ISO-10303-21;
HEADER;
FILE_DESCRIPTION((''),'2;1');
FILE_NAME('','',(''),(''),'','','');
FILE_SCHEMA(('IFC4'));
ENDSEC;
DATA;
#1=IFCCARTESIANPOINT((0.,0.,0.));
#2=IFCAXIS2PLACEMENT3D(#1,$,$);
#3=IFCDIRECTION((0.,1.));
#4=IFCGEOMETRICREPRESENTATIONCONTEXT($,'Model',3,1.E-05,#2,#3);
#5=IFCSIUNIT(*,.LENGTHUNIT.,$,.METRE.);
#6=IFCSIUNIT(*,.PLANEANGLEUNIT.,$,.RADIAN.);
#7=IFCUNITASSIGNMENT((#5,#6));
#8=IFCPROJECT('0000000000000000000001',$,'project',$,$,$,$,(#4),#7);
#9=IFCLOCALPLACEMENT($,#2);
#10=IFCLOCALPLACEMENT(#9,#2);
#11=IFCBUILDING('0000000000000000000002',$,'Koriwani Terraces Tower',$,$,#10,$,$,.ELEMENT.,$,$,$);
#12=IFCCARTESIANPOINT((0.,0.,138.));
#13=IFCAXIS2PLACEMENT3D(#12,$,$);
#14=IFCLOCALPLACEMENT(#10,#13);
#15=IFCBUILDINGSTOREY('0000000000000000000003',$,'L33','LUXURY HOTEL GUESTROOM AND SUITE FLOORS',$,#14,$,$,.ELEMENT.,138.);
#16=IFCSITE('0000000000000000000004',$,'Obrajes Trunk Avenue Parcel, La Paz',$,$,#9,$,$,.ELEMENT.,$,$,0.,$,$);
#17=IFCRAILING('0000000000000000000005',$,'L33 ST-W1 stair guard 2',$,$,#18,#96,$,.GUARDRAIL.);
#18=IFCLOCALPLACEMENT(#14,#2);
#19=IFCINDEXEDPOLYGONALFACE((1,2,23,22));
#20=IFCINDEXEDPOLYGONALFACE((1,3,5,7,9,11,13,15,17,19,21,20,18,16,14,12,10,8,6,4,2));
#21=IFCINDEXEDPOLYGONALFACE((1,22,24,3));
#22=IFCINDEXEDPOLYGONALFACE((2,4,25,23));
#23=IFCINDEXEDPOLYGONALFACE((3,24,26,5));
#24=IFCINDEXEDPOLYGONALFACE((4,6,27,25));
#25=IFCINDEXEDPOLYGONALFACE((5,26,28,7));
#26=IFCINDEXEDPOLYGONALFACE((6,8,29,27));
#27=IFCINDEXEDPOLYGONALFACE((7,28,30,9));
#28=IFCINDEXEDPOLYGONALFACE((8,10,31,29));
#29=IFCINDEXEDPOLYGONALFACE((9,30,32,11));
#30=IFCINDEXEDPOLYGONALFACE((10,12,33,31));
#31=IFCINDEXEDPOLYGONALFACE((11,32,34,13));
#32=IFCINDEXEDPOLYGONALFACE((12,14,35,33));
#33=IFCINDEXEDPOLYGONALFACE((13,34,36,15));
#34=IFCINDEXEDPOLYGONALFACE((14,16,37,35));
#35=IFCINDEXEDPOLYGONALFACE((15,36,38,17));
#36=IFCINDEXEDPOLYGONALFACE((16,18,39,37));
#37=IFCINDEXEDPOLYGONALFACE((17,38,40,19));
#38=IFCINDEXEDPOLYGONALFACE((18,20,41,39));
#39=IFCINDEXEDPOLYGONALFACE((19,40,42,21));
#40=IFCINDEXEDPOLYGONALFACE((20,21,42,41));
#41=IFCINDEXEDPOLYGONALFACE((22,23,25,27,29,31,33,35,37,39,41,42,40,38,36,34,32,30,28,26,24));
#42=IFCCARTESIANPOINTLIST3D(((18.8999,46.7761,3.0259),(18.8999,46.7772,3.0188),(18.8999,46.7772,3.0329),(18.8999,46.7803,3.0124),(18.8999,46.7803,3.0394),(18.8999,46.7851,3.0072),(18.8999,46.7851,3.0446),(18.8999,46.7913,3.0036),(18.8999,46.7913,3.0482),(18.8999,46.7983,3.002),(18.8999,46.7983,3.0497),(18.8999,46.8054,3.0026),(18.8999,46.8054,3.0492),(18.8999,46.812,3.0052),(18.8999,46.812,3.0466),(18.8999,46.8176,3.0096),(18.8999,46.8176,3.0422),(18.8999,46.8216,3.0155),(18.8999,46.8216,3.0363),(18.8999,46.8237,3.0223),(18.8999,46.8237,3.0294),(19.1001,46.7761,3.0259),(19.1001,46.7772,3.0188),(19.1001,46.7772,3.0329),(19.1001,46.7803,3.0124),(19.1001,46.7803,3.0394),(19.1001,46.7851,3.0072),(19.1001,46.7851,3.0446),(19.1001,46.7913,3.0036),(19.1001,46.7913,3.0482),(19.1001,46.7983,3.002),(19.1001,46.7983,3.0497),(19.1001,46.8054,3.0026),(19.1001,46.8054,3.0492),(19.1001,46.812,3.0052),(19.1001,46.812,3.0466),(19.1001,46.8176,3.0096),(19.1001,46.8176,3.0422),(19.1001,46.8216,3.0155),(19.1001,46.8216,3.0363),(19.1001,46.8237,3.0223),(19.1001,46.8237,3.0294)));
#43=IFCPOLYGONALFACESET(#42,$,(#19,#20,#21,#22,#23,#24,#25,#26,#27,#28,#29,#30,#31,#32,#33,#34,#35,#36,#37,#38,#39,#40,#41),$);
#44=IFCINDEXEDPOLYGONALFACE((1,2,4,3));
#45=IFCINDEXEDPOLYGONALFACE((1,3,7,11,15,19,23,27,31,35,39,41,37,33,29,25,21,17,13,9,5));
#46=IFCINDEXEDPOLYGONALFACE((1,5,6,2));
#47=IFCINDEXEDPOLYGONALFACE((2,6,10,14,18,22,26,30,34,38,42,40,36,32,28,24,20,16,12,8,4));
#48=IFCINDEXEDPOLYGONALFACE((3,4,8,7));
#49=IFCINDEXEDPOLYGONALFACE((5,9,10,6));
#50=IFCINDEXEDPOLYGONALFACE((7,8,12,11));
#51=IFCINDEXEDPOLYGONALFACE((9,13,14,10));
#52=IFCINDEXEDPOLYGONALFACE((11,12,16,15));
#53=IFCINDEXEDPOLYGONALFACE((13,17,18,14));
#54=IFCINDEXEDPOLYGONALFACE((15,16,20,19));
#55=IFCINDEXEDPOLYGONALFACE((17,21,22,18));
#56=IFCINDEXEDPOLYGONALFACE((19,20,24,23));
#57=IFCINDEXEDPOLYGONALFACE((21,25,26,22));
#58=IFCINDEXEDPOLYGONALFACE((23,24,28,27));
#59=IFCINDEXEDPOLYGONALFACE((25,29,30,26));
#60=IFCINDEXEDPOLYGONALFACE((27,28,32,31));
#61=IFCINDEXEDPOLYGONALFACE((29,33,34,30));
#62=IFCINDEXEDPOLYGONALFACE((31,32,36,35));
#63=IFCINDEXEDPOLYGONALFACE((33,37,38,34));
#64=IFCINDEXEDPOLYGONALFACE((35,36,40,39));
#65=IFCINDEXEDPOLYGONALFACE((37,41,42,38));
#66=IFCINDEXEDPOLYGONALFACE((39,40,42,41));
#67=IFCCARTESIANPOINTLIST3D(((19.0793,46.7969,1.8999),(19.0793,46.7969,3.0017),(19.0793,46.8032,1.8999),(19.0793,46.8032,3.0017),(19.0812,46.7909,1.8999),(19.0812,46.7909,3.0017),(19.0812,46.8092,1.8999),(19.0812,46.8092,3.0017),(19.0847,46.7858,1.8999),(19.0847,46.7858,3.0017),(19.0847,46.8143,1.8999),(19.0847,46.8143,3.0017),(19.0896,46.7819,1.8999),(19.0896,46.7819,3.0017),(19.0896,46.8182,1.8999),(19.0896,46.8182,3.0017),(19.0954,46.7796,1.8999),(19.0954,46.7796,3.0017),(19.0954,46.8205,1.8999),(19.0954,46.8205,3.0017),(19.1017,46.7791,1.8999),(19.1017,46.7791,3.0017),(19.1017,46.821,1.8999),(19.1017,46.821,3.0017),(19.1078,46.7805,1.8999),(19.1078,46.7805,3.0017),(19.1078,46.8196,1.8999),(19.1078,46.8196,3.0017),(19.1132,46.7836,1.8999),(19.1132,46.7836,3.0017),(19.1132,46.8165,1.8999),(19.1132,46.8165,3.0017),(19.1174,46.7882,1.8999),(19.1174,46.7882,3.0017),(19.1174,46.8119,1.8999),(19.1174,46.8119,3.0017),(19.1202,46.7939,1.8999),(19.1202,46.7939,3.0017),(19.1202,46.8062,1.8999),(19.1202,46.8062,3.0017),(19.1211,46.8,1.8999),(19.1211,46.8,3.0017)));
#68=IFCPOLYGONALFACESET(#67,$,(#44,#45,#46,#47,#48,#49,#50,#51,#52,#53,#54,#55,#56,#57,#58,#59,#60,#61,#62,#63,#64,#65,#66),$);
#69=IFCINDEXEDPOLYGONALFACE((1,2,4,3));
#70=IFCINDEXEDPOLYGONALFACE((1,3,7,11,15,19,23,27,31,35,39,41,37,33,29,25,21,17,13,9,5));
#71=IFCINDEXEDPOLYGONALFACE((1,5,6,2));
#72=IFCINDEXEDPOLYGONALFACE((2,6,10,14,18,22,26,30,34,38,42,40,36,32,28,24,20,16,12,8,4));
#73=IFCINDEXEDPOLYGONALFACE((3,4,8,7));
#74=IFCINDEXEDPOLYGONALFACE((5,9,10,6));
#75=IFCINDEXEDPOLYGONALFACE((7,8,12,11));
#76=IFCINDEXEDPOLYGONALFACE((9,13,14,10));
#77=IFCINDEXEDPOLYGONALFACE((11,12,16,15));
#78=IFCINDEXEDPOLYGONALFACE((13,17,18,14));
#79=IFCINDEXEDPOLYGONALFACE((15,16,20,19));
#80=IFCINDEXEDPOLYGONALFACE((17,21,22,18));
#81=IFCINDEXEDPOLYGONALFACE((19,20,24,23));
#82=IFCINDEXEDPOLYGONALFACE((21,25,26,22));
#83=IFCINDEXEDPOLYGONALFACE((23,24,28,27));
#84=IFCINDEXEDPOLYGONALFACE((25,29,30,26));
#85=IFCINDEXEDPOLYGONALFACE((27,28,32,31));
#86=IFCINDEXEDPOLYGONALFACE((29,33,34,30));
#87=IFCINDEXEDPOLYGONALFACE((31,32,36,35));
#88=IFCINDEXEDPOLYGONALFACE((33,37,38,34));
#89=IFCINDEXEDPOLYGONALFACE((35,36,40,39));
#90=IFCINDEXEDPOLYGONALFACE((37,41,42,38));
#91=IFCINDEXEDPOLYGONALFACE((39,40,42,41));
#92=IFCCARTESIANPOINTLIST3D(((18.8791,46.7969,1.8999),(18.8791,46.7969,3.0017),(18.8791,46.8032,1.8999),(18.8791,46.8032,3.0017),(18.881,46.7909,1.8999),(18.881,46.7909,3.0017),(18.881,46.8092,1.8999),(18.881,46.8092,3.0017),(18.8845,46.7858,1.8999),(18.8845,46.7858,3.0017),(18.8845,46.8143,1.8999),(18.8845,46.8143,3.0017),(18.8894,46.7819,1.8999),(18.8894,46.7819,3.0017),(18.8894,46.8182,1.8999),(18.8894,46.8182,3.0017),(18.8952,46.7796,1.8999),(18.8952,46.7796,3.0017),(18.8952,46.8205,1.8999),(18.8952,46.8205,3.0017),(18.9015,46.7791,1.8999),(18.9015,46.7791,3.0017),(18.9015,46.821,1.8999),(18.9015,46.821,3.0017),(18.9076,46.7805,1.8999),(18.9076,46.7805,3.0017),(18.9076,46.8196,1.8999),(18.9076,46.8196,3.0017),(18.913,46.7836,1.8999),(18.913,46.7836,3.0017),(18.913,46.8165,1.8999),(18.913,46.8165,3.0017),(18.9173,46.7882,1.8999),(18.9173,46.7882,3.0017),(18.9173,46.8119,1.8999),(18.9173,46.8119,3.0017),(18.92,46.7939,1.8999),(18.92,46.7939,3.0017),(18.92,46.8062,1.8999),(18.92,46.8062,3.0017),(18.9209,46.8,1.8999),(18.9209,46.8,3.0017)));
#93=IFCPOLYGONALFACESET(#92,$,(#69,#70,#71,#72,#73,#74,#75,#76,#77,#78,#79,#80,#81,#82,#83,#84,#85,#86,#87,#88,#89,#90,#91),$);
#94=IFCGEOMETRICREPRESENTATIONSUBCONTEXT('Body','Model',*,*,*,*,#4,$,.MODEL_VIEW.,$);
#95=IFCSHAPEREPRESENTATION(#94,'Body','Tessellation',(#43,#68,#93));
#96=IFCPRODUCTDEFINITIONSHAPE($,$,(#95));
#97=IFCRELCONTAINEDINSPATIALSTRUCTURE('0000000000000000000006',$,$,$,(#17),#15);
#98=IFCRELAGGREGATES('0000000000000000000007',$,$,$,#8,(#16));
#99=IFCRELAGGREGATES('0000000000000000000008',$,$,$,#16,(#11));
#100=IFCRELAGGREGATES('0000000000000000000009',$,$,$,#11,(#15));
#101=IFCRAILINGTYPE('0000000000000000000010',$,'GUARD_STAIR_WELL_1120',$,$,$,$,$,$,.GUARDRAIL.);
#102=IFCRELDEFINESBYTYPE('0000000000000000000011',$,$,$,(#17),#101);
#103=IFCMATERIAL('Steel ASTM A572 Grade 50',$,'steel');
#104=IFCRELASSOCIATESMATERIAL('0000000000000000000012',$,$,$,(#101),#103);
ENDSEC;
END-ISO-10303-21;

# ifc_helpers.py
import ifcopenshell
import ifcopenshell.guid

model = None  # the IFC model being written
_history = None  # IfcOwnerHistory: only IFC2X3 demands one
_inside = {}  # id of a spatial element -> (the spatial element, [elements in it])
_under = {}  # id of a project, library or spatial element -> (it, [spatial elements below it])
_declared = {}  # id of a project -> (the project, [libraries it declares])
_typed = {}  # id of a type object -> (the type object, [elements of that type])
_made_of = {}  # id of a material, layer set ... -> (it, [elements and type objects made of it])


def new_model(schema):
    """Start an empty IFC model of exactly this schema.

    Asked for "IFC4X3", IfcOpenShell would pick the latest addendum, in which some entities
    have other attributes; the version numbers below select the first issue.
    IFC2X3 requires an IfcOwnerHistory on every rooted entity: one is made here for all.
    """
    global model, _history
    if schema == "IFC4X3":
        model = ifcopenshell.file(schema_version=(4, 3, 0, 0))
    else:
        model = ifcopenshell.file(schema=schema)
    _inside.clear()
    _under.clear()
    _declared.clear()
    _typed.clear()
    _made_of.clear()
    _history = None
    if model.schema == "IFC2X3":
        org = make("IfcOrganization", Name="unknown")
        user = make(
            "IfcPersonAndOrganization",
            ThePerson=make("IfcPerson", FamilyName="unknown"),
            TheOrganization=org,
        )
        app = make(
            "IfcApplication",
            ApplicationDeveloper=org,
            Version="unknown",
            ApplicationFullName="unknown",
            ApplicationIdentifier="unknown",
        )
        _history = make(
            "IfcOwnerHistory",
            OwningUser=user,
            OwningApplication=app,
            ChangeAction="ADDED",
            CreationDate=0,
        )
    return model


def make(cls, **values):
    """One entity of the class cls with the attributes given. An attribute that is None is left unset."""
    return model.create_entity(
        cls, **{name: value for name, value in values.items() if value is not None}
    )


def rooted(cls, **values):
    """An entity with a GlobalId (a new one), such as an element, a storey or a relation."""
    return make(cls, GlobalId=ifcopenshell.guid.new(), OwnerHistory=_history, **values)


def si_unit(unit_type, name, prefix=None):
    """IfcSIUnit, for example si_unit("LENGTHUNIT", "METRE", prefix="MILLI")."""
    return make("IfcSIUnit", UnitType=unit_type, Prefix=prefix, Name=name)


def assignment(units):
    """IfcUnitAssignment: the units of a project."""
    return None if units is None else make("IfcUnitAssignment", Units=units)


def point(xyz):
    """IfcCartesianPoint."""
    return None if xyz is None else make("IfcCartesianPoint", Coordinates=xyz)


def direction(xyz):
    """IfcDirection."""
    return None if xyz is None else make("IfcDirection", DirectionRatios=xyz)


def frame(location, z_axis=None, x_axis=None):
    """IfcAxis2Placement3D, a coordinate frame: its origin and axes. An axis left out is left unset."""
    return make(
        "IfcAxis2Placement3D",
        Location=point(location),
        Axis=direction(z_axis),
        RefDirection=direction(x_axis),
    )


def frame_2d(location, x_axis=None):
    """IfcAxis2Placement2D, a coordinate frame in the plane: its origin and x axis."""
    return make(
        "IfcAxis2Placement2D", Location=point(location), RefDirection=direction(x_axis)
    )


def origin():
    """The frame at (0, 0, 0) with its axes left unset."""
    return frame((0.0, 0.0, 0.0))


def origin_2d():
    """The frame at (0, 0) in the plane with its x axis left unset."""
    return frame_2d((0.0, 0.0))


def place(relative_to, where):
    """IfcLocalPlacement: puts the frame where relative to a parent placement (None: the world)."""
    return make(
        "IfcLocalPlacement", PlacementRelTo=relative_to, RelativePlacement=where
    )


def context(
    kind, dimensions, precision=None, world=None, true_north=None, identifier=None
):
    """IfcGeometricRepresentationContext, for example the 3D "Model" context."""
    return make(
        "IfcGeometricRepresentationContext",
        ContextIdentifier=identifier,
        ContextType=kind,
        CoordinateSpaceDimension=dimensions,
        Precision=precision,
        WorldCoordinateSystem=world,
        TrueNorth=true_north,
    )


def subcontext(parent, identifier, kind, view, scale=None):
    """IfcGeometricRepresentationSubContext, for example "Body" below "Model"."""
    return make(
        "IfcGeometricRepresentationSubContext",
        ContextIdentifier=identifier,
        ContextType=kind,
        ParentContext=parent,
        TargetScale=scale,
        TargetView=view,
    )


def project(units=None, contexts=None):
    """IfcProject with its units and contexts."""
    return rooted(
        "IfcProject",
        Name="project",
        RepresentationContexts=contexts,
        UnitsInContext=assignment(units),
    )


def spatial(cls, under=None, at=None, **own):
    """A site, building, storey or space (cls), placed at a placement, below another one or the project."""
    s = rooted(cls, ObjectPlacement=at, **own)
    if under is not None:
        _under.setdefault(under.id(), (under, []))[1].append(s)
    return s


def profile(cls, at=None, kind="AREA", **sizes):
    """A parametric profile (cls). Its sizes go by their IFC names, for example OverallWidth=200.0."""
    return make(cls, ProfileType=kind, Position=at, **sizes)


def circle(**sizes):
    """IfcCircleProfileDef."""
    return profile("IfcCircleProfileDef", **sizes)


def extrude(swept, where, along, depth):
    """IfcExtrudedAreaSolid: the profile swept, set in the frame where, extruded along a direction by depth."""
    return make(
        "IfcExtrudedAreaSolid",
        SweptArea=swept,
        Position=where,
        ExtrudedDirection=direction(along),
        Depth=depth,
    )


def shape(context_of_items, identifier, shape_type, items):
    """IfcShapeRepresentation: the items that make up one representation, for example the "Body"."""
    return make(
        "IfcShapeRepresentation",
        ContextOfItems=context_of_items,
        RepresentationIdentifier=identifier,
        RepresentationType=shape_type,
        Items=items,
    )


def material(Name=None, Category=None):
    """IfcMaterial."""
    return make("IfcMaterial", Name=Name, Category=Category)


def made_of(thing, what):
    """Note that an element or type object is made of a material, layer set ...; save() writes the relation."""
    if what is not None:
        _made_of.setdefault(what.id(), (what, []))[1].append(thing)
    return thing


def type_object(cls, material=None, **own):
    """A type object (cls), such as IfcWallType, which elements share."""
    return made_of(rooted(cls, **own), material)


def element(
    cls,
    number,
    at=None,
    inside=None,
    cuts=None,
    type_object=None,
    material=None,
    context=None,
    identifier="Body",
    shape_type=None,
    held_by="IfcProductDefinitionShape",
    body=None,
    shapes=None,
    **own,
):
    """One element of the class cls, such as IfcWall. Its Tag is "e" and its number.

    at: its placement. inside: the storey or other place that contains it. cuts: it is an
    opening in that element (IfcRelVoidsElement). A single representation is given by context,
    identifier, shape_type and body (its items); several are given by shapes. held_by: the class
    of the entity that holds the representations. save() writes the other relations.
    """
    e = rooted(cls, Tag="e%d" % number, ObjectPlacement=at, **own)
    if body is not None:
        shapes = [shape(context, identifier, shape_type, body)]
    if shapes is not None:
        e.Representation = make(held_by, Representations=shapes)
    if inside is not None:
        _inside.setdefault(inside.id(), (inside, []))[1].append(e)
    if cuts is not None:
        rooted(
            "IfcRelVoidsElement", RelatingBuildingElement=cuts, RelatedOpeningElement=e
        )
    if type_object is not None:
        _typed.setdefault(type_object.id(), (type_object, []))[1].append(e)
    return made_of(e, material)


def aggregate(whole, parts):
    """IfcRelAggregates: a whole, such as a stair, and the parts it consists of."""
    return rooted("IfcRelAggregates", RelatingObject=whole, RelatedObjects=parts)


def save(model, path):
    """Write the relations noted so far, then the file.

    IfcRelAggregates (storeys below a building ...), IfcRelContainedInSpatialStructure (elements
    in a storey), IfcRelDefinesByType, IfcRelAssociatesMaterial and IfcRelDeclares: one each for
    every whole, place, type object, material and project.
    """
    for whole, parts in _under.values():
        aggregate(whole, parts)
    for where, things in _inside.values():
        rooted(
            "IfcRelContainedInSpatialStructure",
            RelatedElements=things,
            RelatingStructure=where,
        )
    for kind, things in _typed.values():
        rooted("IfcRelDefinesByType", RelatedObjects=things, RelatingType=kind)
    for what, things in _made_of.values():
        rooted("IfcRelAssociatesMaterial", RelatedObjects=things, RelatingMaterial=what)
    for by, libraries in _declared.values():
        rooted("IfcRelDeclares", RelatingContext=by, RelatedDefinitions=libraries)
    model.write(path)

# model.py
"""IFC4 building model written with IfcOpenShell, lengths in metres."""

from ifc_helpers import new_model, si_unit, direction, frame, origin, origin_2d, place, context, subcontext, project, spatial, circle, extrude, material, type_object, element, save


model = new_model("IFC4")

# Units and contexts
model_context = context("Model", 3, precision=1e-05, world=origin(), true_north=direction((0.0, 1.0)))
body_context = subcontext(model_context, "Body", "Model", "MODEL_VIEW")
ifc_project = project(units=[si_unit("LENGTHUNIT", "METRE"), si_unit("PLANEANGLEUNIT", "RADIAN")], contexts=[model_context])

# Site, building, storey
site_placement = place(None, origin())
site = spatial("IfcSite", under=ifc_project, at=site_placement, Name="Obrajes Trunk Avenue Parcel, La Paz", CompositionType="ELEMENT", RefElevation=0.0)
building_placement = place(site_placement, origin())
building = spatial("IfcBuilding", under=site, at=building_placement, Name="Koriwani Terraces Tower", CompositionType="ELEMENT")
storey_placement = place(building_placement, frame((0.0, 0.0, 138.0)))
storey = spatial("IfcBuildingStorey", under=building, at=storey_placement, Name="L33", Description="LUXURY HOTEL GUESTROOM AND SUITE FLOORS", CompositionType="ELEMENT", Elevation=138.0)

# Shared definitions
ifc_material_1 = material(Name="Steel ASTM A572 Grade 50", Category="steel")

# Railing
railing_type_1 = type_object("IfcRailingType", Name="GUARD_STAIR_WELL_1120", PredefinedType="GUARDRAIL", material=ifc_material_1)
railing_1_placement = place(storey_placement, frame((19.1001, 46.8, 1.8999)))
element("IfcRailing", 1, at=railing_1_placement, inside=storey, type_object=railing_type_1, Name="L33 ST-W1 stair guard 2", PredefinedType="GUARDRAIL", context=body_context, shape_type="SweptSolid", body=[
    extrude(circle(Radius=0.0239, at=origin_2d()), frame((0.0, 0.0, 1.126), z_axis=(-1.0, 0.0, 0.0), x_axis=(0.0, -1.0, 0.0)), (0.0, 0.0, 1.0), 0.2002),
    extrude(circle(Radius=0.021, at=origin_2d()), origin(), (0.0, 0.0, 1.0), 1.1018),
    extrude(circle(Radius=0.021, at=origin_2d()), frame((-0.2002, 0.0, 0.0)), (0.0, 0.0, 1.0), 1.1018),
])

save(model, "model.ifc")
